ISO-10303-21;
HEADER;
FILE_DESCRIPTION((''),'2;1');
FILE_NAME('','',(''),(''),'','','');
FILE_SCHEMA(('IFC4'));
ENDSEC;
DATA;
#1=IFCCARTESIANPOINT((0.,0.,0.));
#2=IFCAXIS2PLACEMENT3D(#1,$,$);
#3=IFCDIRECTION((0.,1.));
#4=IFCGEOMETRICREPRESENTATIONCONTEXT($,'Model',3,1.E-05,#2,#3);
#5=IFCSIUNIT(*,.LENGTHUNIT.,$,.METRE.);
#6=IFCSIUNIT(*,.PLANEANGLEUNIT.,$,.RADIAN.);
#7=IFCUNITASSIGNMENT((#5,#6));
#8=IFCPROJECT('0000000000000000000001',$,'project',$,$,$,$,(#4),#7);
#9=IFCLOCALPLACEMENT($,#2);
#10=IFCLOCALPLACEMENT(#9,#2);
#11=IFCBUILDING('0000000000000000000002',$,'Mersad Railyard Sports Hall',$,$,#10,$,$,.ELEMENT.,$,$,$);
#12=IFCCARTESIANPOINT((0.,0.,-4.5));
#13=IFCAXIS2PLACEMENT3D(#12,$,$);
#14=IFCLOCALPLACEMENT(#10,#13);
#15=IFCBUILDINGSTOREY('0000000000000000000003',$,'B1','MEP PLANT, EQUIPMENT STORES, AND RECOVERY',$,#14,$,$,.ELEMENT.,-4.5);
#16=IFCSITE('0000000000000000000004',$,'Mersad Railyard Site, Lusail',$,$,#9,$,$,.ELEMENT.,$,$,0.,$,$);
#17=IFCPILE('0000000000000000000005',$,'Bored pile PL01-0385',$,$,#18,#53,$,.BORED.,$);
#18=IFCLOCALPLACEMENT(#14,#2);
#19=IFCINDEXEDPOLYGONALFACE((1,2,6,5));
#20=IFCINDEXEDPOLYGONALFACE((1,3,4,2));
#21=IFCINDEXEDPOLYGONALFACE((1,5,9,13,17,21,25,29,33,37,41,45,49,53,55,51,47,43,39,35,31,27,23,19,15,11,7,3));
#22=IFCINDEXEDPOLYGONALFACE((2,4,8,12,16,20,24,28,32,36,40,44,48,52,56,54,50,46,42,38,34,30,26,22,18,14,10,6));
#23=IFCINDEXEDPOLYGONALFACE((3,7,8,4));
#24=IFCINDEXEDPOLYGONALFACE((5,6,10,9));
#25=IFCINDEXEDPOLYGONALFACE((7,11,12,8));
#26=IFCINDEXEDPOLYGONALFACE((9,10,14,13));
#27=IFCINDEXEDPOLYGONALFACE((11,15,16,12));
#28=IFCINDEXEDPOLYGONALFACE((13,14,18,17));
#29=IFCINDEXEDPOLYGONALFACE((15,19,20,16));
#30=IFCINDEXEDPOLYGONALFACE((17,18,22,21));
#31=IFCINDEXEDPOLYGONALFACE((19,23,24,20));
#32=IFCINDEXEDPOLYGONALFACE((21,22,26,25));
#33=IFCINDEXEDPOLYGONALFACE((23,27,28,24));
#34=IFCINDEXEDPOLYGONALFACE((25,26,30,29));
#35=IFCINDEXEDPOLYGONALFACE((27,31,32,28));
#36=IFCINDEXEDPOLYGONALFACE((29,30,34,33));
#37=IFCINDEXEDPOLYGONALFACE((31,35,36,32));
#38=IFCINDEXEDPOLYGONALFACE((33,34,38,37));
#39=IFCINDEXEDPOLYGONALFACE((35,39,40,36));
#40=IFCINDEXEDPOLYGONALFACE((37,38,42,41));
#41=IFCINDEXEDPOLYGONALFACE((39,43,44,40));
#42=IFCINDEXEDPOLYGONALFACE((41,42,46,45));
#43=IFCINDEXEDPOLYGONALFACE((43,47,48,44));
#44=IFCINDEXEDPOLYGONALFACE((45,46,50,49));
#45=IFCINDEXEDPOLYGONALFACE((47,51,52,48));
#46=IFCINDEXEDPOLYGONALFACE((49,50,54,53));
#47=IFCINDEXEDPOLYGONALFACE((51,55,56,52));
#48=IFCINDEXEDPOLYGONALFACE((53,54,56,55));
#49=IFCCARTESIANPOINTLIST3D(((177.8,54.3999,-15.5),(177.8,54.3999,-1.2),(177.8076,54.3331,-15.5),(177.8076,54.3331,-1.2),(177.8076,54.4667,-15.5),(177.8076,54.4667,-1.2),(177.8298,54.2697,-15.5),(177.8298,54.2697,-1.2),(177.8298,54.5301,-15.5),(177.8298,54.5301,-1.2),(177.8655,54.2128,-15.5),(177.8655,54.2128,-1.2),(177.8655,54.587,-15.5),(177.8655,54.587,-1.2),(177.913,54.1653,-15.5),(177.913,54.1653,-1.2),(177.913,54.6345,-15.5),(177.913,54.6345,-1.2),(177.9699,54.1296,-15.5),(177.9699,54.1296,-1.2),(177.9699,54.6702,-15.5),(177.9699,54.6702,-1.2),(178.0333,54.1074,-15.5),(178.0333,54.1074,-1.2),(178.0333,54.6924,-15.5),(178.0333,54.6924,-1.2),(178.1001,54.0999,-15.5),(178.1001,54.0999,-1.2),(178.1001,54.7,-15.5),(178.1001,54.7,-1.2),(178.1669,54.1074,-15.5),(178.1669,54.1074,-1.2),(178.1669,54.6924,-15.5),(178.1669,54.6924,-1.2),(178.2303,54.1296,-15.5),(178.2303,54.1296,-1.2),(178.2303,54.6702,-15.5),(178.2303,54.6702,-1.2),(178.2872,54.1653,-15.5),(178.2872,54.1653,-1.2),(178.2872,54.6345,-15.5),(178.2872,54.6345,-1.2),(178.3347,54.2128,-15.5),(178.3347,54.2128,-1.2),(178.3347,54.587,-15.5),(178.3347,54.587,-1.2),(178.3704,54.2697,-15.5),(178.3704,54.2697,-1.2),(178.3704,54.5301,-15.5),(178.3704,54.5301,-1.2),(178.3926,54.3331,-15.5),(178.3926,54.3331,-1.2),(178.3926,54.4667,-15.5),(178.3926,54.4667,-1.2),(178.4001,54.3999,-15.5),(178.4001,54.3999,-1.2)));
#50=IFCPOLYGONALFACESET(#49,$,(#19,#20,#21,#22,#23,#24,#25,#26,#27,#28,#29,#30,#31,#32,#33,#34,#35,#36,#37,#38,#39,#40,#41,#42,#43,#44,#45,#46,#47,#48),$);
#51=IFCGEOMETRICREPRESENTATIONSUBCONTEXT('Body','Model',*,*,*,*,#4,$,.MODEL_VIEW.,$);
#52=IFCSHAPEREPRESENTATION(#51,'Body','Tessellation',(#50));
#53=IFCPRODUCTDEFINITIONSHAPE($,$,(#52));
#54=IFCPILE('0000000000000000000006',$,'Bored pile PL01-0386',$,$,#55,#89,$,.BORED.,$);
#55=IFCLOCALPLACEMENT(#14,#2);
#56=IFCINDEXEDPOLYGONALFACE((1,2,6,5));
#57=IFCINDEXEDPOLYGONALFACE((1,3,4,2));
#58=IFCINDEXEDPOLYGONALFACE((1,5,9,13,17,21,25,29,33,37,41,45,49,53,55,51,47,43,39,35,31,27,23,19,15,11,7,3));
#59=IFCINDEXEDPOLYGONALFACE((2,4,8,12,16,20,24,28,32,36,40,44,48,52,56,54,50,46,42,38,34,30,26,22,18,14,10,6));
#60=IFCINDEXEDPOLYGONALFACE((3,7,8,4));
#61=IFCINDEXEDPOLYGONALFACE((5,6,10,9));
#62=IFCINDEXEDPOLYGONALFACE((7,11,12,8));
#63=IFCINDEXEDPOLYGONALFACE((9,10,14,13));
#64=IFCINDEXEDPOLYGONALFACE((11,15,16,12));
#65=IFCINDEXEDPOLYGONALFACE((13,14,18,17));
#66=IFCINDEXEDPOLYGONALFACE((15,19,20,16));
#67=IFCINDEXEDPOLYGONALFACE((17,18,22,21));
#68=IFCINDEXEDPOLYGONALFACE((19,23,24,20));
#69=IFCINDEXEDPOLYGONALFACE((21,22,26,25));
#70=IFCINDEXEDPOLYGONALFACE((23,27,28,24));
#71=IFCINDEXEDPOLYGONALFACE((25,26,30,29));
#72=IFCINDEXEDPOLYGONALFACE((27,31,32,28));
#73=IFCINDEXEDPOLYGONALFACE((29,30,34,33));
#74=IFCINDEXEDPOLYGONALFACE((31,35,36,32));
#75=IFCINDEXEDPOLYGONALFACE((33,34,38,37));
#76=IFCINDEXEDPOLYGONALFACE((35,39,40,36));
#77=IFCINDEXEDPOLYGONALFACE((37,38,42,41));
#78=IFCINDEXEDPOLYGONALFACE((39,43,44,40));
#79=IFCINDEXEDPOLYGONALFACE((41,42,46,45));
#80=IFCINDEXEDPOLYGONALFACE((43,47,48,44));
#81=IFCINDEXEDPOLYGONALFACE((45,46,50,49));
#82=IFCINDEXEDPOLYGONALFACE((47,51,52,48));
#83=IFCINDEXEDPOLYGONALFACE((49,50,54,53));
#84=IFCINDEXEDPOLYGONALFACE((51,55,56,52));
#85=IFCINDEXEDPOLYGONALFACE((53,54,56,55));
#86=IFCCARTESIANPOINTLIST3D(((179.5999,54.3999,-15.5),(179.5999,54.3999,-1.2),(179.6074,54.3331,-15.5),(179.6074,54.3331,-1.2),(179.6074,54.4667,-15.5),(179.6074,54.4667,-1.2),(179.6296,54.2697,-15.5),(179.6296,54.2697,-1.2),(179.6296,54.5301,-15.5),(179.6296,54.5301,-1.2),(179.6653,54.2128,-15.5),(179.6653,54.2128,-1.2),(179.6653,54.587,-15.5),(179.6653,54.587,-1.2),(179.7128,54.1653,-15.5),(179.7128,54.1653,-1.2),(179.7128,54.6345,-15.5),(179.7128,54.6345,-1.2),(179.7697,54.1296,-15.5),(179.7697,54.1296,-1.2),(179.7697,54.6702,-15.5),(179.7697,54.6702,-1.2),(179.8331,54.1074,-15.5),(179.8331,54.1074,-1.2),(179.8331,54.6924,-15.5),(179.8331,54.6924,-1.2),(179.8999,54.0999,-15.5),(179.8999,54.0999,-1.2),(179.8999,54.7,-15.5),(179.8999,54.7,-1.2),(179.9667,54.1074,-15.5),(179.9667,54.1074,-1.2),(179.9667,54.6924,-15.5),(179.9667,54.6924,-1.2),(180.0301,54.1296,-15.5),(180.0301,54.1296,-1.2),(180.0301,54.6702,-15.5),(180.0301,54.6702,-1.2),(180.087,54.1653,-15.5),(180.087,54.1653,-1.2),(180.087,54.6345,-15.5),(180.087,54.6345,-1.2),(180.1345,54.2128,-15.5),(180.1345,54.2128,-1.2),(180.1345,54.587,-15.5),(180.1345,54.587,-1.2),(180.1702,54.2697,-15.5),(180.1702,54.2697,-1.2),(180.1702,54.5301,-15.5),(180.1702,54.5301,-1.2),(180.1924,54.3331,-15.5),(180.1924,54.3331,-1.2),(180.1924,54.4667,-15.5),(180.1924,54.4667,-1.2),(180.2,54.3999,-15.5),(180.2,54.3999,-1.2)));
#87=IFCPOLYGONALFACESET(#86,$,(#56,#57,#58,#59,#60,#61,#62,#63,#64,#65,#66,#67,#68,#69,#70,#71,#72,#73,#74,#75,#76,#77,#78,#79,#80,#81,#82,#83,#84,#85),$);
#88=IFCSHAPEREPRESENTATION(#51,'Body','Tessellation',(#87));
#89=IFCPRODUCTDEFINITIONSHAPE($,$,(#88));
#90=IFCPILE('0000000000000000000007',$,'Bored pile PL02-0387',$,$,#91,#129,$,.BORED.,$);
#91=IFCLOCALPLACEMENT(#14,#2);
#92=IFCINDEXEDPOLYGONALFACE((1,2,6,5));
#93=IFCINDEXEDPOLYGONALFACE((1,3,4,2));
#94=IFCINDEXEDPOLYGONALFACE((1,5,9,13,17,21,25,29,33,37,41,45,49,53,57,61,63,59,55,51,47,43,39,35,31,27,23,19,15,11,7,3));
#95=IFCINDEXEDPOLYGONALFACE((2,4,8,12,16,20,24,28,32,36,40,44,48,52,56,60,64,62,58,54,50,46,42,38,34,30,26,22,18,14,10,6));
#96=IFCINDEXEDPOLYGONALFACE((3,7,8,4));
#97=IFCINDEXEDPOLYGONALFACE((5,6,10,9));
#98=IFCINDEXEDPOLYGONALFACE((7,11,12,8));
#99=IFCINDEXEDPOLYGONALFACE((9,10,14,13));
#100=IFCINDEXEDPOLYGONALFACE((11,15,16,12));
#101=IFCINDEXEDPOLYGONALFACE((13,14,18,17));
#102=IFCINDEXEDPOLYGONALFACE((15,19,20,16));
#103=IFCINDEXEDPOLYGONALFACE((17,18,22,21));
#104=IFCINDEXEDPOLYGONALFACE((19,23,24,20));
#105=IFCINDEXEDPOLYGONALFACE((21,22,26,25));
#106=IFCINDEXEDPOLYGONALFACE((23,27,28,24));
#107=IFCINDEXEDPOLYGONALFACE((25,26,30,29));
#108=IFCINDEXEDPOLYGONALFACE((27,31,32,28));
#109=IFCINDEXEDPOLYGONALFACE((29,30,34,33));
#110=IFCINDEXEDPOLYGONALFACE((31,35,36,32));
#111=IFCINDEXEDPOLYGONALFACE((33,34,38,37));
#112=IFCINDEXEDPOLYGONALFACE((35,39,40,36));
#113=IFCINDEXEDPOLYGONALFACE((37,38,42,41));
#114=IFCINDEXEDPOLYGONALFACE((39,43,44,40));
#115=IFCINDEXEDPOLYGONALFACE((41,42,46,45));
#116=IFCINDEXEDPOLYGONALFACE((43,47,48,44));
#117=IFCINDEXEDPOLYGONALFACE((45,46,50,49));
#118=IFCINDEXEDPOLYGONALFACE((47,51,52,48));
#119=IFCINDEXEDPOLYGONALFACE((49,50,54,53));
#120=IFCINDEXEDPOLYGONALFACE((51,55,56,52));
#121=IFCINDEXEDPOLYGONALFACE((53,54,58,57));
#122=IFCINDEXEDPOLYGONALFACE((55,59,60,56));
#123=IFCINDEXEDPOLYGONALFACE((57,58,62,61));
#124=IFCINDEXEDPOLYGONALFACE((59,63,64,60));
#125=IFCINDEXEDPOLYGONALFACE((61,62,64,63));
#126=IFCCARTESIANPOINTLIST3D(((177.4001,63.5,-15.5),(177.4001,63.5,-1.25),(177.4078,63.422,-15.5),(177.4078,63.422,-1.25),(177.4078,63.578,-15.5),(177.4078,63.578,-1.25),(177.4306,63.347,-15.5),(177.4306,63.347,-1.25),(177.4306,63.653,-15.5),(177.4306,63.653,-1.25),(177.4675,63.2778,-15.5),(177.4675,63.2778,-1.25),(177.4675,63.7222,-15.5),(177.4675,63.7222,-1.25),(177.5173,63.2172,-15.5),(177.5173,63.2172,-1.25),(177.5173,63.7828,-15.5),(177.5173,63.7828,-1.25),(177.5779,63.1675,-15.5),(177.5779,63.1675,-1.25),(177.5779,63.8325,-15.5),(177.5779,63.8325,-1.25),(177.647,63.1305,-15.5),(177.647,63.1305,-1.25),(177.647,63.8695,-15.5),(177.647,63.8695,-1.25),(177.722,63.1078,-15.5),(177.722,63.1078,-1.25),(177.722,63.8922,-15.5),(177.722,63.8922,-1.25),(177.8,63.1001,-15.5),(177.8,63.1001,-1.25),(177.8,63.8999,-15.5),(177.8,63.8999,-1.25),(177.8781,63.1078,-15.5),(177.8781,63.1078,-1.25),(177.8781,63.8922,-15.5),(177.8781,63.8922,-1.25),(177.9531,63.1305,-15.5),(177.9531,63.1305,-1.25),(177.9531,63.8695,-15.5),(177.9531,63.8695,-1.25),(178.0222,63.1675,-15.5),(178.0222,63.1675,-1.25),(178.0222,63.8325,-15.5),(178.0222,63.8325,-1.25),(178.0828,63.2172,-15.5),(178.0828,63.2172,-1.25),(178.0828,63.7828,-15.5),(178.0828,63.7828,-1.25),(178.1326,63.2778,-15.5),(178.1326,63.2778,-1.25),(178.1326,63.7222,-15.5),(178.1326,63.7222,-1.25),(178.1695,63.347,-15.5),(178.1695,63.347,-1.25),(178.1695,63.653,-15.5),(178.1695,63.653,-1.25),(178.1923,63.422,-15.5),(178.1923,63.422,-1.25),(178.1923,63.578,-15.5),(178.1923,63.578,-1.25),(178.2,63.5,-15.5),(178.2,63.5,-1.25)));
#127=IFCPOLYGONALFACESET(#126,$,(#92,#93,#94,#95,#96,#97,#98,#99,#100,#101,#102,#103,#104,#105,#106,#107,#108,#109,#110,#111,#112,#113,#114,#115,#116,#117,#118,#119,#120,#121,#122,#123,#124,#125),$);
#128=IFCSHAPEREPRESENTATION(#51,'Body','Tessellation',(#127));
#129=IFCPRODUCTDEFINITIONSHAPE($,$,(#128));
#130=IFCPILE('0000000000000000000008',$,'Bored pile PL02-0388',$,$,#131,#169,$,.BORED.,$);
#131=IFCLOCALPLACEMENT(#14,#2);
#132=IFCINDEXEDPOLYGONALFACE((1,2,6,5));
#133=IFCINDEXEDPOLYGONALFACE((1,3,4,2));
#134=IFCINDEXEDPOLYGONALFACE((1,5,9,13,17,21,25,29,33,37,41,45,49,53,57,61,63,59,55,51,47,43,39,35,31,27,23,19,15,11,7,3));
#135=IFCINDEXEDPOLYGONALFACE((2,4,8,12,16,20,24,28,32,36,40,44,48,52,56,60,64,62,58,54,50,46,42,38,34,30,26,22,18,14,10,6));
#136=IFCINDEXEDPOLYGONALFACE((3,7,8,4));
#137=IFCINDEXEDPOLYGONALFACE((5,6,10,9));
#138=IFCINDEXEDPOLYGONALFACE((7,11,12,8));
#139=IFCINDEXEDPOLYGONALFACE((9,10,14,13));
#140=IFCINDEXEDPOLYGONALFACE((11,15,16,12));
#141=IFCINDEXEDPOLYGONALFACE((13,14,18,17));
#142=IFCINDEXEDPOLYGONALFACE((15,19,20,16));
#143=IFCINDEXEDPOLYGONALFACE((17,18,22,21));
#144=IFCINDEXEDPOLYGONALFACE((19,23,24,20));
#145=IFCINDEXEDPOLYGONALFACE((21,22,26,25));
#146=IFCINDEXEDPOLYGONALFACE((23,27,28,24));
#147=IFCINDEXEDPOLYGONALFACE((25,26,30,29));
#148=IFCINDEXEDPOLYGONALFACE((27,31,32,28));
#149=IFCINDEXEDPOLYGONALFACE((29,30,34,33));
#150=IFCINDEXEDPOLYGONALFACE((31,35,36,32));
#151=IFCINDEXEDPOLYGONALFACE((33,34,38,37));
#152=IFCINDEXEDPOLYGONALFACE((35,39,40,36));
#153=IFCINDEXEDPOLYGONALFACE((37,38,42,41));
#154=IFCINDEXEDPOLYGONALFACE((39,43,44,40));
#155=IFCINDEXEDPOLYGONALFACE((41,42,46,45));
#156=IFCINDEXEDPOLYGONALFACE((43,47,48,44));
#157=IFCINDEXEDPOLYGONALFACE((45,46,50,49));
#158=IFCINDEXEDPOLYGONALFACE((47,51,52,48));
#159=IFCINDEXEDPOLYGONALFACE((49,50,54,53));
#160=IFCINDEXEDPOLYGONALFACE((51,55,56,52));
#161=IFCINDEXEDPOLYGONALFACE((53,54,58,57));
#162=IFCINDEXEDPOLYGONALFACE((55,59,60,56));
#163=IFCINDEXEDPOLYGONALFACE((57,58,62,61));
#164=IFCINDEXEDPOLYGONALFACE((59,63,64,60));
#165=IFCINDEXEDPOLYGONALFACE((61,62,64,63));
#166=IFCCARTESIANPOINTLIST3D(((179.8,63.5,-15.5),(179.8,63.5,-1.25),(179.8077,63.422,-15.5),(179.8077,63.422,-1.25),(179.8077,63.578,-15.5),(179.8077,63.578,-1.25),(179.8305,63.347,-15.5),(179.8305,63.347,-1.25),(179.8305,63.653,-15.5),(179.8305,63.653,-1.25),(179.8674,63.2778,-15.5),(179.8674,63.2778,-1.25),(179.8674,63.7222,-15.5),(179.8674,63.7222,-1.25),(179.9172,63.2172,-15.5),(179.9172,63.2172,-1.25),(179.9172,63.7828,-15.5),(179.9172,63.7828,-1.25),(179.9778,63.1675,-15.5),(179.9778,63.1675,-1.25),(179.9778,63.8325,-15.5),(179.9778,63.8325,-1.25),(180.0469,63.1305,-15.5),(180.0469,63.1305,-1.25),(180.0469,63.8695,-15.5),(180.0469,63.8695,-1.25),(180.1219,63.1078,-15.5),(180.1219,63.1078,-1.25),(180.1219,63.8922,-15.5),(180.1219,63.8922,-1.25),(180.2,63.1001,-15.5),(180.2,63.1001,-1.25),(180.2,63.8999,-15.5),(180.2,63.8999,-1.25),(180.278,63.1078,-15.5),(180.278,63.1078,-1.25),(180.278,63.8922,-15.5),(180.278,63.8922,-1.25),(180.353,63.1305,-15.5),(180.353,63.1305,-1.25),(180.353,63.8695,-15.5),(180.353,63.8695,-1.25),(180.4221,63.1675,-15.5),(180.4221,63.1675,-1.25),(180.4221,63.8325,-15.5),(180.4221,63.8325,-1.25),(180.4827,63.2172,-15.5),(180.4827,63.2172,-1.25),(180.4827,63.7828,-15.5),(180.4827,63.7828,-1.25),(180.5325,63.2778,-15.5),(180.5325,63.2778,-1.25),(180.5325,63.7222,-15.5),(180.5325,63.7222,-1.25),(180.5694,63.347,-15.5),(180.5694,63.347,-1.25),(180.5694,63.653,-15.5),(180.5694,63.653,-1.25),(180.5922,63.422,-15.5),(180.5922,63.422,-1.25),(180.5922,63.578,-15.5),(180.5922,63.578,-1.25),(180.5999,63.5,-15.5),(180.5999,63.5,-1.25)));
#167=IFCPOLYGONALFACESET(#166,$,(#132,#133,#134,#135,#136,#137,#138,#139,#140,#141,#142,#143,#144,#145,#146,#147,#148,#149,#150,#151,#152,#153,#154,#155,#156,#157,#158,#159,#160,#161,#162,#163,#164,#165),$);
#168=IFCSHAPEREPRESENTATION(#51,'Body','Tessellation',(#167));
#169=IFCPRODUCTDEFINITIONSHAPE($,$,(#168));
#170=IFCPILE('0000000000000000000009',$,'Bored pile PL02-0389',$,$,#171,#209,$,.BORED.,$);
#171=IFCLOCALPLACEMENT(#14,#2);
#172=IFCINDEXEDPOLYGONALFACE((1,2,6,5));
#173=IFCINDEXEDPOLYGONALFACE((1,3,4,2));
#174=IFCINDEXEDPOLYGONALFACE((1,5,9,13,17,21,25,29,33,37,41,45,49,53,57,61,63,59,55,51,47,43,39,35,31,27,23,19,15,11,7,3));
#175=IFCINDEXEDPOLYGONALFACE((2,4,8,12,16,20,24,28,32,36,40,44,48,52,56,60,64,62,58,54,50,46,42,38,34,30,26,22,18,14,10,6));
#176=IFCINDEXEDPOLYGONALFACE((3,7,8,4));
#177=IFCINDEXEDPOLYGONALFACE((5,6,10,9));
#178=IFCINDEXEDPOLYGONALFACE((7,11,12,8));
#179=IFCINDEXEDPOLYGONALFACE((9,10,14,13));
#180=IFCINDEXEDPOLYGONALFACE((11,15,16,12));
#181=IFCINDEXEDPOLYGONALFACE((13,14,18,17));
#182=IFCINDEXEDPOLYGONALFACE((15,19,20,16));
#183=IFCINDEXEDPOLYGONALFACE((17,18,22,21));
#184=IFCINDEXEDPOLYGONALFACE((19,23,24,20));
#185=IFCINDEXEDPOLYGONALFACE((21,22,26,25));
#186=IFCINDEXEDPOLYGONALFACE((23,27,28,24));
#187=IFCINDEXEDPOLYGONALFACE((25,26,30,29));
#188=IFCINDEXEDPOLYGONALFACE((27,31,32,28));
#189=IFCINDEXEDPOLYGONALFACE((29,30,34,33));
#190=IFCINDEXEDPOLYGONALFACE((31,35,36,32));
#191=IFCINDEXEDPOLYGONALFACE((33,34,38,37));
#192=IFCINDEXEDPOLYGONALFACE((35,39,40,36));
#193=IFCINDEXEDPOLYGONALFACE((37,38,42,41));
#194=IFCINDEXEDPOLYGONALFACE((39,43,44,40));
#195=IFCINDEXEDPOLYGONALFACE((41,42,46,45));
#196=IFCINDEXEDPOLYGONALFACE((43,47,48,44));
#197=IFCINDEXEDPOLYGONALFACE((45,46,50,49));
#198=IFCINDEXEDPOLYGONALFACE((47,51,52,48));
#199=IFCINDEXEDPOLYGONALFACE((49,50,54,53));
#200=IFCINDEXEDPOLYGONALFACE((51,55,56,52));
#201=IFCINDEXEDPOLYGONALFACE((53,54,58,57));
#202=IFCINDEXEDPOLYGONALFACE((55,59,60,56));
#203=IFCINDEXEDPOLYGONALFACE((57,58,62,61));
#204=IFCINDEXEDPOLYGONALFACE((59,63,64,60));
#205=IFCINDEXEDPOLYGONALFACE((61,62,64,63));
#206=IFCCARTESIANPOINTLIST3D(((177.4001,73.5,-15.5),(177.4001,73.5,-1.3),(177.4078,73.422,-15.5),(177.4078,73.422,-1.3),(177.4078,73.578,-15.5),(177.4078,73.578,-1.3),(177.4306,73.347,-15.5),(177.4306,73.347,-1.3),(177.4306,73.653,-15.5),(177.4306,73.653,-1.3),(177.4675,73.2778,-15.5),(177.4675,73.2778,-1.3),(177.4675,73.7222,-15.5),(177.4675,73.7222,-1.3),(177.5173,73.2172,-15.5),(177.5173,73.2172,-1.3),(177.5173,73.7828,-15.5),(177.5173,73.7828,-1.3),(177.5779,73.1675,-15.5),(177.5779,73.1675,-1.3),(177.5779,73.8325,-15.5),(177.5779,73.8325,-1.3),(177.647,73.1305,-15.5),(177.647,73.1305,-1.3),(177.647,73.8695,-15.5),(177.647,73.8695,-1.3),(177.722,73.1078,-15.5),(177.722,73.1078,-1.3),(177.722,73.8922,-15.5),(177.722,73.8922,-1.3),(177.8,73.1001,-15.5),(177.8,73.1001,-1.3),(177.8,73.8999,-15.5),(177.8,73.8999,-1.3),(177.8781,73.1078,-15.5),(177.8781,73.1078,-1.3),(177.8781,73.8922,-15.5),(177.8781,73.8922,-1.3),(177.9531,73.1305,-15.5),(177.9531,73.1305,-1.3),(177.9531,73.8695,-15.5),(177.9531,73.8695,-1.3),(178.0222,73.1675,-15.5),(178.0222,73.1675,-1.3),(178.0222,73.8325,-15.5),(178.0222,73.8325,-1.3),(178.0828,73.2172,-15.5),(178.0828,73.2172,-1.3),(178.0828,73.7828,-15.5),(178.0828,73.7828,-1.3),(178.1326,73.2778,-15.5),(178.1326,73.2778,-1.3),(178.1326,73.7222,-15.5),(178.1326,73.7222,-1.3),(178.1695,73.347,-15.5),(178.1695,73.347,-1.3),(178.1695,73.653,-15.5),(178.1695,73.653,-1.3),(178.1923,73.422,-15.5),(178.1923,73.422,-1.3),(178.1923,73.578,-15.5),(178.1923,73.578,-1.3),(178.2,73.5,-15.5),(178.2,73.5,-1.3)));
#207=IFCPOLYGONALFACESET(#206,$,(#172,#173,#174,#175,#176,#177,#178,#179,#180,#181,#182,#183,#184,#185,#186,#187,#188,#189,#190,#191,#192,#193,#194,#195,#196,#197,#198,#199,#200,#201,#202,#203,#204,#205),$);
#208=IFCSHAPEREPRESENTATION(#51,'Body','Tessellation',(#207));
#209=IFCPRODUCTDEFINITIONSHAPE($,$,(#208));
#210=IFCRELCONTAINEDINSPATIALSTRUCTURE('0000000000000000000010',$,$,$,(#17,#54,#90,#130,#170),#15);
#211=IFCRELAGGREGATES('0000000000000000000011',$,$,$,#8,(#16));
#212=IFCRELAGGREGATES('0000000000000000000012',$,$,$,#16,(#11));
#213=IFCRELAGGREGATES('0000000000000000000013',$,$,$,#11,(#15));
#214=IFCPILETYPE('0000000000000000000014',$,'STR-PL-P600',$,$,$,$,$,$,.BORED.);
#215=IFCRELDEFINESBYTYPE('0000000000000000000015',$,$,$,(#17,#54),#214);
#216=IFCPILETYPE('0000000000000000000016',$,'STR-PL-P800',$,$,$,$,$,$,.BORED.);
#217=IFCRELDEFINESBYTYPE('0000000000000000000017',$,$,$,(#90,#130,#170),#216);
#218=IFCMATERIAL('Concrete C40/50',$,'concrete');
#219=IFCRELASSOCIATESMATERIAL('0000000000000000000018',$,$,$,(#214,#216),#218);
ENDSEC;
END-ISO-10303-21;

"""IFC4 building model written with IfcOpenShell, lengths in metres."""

from ifc_helpers import new_model, si_unit, direction, frame, origin, origin_2d, place, context, subcontext, project, spatial, circle, extrude, material, material_profile, profile_set, type_object, element, save


model = new_model("IFC4")

# Units and contexts
model_context = context("Model", 3, precision=1e-05, world=origin(), true_north=direction((0.0, 1.0)))
body_context = subcontext(model_context, "Body", "Model", "MODEL_VIEW")
ifc_project = project(units=[si_unit("LENGTHUNIT", "METRE"), si_unit("PLANEANGLEUNIT", "RADIAN")], contexts=[model_context])

# Site, building, storey
site_placement = place(None, origin())
site = spatial("IfcSite", under=ifc_project, at=site_placement, Name="Mersad Railyard Site, Lusail", CompositionType="ELEMENT", RefElevation=0.0)
building_placement = place(site_placement, origin())
building = spatial("IfcBuilding", under=site, at=building_placement, Name="Mersad Railyard Sports Hall", CompositionType="ELEMENT")
storey_placement = place(building_placement, frame((0.0, 0.0, -4.5)))
storey = spatial("IfcBuildingStorey", under=building, at=storey_placement, Name="B1", Description="MEP PLANT, EQUIPMENT STORES, AND RECOVERY", CompositionType="ELEMENT", Elevation=-4.5)

# Shared definitions
ifc_material_1 = material(Name="Concrete C40/50", Category="concrete")

# Piles
ifc_material_profile_1 = material_profile(ifc_material_1, circle(Radius=0.3, at=origin_2d()), Name="BORED PILE D600")
ifc_profile_set_1 = profile_set([ifc_material_profile_1], Name="Concrete C40/50")
pile_type_1 = type_object("IfcPileType", Name="STR-PL-P600", PredefinedType="BORED", material=ifc_profile_set_1)
for number, where, z_axis, x_axis, name in (
    (1, (178.1001, 54.3999, -1.2), (0.0, 0.0, -1.0), (1.0, 0.0, 0.0), "Bored pile PL01-0385"),
    (2, (179.8999, 54.3999, -1.2), (0.0, 0.0, -1.0), (1.0, 0.0, 0.0), "Bored pile PL01-0386"),
):
    element("IfcPile", number, at=place(storey_placement, frame(where, z_axis=z_axis, x_axis=x_axis)), inside=storey, type_object=pile_type_1, Name=name, PredefinedType="BORED", context=body_context, shape_type="SweptSolid", body=[
        extrude(circle(Radius=0.3, at=origin_2d()), origin(), (0.0, 0.0, 1.0), 14.3),
    ])
ifc_material_profile_2 = material_profile(ifc_material_1, circle(Radius=0.3999, at=origin_2d()), Name="BORED PILE D800")
ifc_profile_set_2 = profile_set([ifc_material_profile_2], Name="Concrete C40/50")
pile_type_2 = type_object("IfcPileType", Name="STR-PL-P800", PredefinedType="BORED", material=ifc_profile_set_2)
for number, where, z_axis, x_axis, name in (
    (3, (177.8, 63.5, -1.25), (0.0, 0.0, -1.0), (1.0, 0.0, 0.0), "Bored pile PL02-0387"),
    (4, (180.2, 63.5, -1.25), (0.0, 0.0, -1.0), (1.0, 0.0, 0.0), "Bored pile PL02-0388"),
):
    element("IfcPile", number, at=place(storey_placement, frame(where, z_axis=z_axis, x_axis=x_axis)), inside=storey, type_object=pile_type_2, Name=name, PredefinedType="BORED", context=body_context, shape_type="SweptSolid", body=[
        extrude(circle(Radius=0.3999, at=origin_2d()), origin(), (0.0, 0.0, 1.0), 14.25),
    ])
for number, where, z_axis, x_axis, name in (
    (5, (177.8, 73.5, -1.3), (0.0, 0.0, -1.0), (1.0, 0.0, 0.0), "Bored pile PL02-0389"),
):
    element("IfcPile", number, at=place(storey_placement, frame(where, z_axis=z_axis, x_axis=x_axis)), inside=storey, type_object=pile_type_2, Name=name, PredefinedType="BORED", context=body_context, shape_type="SweptSolid", body=[
        extrude(circle(Radius=0.3999, at=origin_2d()), origin(), (0.0, 0.0, 1.0), 14.2),
    ])

save(model, "model.ifc")
